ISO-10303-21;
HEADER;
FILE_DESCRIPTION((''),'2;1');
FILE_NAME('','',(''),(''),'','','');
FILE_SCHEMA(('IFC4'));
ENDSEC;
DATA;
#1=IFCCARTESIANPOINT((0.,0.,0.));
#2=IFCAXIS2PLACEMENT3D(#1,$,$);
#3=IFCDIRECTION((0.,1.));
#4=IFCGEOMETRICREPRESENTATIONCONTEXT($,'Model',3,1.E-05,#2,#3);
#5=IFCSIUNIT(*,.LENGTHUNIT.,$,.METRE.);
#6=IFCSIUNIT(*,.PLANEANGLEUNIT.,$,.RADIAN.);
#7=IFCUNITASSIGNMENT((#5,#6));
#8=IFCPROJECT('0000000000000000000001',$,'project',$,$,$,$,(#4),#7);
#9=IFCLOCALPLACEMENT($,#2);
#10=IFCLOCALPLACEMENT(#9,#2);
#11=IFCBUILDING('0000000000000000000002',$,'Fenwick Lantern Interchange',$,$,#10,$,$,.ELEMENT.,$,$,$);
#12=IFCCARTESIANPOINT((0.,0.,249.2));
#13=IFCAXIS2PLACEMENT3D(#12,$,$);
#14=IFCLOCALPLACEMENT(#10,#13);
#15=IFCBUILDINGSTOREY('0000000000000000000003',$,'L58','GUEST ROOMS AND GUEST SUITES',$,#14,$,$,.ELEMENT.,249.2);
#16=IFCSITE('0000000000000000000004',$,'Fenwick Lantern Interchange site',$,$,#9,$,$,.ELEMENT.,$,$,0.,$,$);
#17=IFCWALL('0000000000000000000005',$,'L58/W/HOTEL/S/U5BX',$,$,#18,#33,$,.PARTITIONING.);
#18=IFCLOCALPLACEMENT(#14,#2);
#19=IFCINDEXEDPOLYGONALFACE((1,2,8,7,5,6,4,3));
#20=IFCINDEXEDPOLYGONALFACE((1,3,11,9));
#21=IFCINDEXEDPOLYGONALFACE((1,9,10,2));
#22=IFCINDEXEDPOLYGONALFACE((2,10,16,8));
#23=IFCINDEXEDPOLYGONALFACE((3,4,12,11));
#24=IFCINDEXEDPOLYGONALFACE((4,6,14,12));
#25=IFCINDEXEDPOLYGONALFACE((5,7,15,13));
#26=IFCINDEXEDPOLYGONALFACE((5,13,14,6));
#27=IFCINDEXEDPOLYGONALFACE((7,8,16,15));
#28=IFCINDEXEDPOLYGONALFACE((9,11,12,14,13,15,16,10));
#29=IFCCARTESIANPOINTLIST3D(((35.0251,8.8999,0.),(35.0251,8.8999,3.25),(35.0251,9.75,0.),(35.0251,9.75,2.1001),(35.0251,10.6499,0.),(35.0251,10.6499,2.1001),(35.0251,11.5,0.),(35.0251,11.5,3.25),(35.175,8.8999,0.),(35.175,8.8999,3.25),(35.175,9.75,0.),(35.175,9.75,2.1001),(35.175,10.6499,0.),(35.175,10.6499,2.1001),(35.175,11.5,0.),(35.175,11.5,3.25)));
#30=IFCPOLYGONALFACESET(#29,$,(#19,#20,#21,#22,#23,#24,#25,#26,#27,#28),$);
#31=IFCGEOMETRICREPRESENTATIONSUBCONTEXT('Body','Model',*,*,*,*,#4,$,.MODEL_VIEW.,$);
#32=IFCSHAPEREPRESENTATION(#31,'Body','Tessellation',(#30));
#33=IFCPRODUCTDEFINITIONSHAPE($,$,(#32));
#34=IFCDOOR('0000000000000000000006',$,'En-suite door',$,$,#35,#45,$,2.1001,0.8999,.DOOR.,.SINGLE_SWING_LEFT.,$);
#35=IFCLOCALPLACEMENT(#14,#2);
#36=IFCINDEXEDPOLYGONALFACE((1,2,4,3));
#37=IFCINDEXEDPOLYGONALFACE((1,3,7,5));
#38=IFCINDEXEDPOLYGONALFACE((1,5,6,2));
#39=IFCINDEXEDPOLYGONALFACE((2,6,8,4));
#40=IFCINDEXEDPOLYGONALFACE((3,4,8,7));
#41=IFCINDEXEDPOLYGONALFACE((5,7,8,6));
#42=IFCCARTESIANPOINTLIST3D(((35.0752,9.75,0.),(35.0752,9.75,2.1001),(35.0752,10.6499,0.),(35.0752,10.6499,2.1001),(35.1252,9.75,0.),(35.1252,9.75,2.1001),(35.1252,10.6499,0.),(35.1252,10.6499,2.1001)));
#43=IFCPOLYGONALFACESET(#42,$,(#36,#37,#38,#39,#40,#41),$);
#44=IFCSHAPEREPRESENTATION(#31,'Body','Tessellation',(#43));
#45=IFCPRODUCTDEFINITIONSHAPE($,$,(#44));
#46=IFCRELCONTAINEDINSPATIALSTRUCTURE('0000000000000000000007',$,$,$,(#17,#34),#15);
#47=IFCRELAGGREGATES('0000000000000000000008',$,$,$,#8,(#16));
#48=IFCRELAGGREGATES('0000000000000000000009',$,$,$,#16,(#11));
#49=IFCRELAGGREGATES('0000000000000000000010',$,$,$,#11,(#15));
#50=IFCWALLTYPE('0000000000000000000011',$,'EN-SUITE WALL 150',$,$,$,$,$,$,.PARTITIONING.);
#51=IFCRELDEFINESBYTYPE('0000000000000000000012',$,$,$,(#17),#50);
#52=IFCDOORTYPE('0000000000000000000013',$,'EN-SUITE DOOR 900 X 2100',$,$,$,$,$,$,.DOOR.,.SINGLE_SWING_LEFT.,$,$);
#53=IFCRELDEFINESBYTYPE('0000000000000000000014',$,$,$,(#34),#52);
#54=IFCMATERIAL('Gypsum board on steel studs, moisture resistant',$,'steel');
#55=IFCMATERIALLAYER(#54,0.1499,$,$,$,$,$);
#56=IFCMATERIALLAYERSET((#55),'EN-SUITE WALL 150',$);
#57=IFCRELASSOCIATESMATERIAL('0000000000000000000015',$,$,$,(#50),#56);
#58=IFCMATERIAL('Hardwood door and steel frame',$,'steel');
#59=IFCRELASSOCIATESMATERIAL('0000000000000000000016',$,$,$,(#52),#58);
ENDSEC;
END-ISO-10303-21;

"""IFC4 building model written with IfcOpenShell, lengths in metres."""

from ifc_helpers import new_model, si_unit, direction, frame, frame_2d, origin, place, context, subcontext, project, spatial, rectangle, extrude, material, layer, layer_set, type_object, element, fill, save


model = new_model("IFC4")

# Units and contexts
model_context = context("Model", 3, precision=1e-05, world=origin(), true_north=direction((0.0, 1.0)))
body_context = subcontext(model_context, "Body", "Model", "MODEL_VIEW")
ifc_project = project(units=[si_unit("LENGTHUNIT", "METRE"), si_unit("PLANEANGLEUNIT", "RADIAN")], contexts=[model_context])

# Site, building, storey
site_placement = place(None, origin())
site = spatial("IfcSite", under=ifc_project, at=site_placement, Name="Fenwick Lantern Interchange site", CompositionType="ELEMENT", RefElevation=0.0)
building_placement = place(site_placement, origin())
building = spatial("IfcBuilding", under=site, at=building_placement, Name="Fenwick Lantern Interchange", CompositionType="ELEMENT")
storey_placement = place(building_placement, frame((0.0, 0.0, 249.2)))
storey = spatial("IfcBuildingStorey", under=building, at=storey_placement, Name="L58", Description="GUEST ROOMS AND GUEST SUITES", CompositionType="ELEMENT", Elevation=249.2)

# Shared definitions
ifc_material_1 = material(Name="Gypsum board on steel studs, moisture resistant", Category="steel")
ifc_layer = layer(ifc_material_1, 0.1499)
ifc_layer_set = layer_set([ifc_layer], Name="EN-SUITE WALL 150")
wall_type = type_object("IfcWallType", Name="EN-SUITE WALL 150", PredefinedType="PARTITIONING", material=ifc_layer_set)
ifc_material_2 = material(Name="Hardwood door and steel frame", Category="steel")
door_type_1 = type_object("IfcDoorType", Name="EN-SUITE DOOR 900 X 2100", OperationType="SINGLE_SWING_LEFT", PredefinedType="DOOR", material=ifc_material_2)

# Wall, opening, door
wall_1_placement = place(storey_placement, frame((35.1001, 8.8999, 0.0), z_axis=(0.0, 0.0, 1.0), x_axis=(0.0, 1.0, 0.0)))
wall_1 = element("IfcWall", 1, at=wall_1_placement, inside=storey, type_object=wall_type, Name="L58/W/HOTEL/S/U5BX", PredefinedType="PARTITIONING", context=body_context, shape_type="SweptSolid", body=[
    extrude(rectangle(XDim=2.6001, YDim=0.1499, at=frame_2d((1.3, 0.0))), origin(), (0.0, 0.0, 1.0), 3.25),
])
opening_1_placement = place(wall_1_placement, frame((0.8501, 0.0, 0.0)))
opening_1 = element("IfcOpeningElement", 2, at=opening_1_placement, cuts=wall_1, PredefinedType="OPENING", context=body_context, shape_type="SweptSolid", body=[
    extrude(rectangle(XDim=0.8999, YDim=2.1001, at=frame_2d((0.45, 1.05))), frame((0.0, 0.085, 0.0), z_axis=(0.0, -1.0, 0.0), x_axis=(1.0, 0.0, 0.0)), (0.0, 0.0, 1.0), 0.1699),
])
door_1_placement = place(opening_1_placement, origin())
door_1 = element("IfcDoor", 3, at=door_1_placement, inside=storey, type_object=door_type_1, Name="En-suite door", OperationType="SINGLE_SWING_LEFT", OverallHeight=2.1001, OverallWidth=0.8999, PredefinedType="DOOR", context=body_context, shape_type="SweptSolid", body=[
    extrude(rectangle(XDim=0.8999, YDim=2.1001, at=frame_2d((0.45, 1.05))), frame((0.0, 0.0249, 0.0), z_axis=(0.0, -1.0, 0.0), x_axis=(1.0, 0.0, 0.0)), (0.0, 0.0, 1.0), 0.05),
])
fill(opening_1, door_1)

save(model, "model.ifc")
